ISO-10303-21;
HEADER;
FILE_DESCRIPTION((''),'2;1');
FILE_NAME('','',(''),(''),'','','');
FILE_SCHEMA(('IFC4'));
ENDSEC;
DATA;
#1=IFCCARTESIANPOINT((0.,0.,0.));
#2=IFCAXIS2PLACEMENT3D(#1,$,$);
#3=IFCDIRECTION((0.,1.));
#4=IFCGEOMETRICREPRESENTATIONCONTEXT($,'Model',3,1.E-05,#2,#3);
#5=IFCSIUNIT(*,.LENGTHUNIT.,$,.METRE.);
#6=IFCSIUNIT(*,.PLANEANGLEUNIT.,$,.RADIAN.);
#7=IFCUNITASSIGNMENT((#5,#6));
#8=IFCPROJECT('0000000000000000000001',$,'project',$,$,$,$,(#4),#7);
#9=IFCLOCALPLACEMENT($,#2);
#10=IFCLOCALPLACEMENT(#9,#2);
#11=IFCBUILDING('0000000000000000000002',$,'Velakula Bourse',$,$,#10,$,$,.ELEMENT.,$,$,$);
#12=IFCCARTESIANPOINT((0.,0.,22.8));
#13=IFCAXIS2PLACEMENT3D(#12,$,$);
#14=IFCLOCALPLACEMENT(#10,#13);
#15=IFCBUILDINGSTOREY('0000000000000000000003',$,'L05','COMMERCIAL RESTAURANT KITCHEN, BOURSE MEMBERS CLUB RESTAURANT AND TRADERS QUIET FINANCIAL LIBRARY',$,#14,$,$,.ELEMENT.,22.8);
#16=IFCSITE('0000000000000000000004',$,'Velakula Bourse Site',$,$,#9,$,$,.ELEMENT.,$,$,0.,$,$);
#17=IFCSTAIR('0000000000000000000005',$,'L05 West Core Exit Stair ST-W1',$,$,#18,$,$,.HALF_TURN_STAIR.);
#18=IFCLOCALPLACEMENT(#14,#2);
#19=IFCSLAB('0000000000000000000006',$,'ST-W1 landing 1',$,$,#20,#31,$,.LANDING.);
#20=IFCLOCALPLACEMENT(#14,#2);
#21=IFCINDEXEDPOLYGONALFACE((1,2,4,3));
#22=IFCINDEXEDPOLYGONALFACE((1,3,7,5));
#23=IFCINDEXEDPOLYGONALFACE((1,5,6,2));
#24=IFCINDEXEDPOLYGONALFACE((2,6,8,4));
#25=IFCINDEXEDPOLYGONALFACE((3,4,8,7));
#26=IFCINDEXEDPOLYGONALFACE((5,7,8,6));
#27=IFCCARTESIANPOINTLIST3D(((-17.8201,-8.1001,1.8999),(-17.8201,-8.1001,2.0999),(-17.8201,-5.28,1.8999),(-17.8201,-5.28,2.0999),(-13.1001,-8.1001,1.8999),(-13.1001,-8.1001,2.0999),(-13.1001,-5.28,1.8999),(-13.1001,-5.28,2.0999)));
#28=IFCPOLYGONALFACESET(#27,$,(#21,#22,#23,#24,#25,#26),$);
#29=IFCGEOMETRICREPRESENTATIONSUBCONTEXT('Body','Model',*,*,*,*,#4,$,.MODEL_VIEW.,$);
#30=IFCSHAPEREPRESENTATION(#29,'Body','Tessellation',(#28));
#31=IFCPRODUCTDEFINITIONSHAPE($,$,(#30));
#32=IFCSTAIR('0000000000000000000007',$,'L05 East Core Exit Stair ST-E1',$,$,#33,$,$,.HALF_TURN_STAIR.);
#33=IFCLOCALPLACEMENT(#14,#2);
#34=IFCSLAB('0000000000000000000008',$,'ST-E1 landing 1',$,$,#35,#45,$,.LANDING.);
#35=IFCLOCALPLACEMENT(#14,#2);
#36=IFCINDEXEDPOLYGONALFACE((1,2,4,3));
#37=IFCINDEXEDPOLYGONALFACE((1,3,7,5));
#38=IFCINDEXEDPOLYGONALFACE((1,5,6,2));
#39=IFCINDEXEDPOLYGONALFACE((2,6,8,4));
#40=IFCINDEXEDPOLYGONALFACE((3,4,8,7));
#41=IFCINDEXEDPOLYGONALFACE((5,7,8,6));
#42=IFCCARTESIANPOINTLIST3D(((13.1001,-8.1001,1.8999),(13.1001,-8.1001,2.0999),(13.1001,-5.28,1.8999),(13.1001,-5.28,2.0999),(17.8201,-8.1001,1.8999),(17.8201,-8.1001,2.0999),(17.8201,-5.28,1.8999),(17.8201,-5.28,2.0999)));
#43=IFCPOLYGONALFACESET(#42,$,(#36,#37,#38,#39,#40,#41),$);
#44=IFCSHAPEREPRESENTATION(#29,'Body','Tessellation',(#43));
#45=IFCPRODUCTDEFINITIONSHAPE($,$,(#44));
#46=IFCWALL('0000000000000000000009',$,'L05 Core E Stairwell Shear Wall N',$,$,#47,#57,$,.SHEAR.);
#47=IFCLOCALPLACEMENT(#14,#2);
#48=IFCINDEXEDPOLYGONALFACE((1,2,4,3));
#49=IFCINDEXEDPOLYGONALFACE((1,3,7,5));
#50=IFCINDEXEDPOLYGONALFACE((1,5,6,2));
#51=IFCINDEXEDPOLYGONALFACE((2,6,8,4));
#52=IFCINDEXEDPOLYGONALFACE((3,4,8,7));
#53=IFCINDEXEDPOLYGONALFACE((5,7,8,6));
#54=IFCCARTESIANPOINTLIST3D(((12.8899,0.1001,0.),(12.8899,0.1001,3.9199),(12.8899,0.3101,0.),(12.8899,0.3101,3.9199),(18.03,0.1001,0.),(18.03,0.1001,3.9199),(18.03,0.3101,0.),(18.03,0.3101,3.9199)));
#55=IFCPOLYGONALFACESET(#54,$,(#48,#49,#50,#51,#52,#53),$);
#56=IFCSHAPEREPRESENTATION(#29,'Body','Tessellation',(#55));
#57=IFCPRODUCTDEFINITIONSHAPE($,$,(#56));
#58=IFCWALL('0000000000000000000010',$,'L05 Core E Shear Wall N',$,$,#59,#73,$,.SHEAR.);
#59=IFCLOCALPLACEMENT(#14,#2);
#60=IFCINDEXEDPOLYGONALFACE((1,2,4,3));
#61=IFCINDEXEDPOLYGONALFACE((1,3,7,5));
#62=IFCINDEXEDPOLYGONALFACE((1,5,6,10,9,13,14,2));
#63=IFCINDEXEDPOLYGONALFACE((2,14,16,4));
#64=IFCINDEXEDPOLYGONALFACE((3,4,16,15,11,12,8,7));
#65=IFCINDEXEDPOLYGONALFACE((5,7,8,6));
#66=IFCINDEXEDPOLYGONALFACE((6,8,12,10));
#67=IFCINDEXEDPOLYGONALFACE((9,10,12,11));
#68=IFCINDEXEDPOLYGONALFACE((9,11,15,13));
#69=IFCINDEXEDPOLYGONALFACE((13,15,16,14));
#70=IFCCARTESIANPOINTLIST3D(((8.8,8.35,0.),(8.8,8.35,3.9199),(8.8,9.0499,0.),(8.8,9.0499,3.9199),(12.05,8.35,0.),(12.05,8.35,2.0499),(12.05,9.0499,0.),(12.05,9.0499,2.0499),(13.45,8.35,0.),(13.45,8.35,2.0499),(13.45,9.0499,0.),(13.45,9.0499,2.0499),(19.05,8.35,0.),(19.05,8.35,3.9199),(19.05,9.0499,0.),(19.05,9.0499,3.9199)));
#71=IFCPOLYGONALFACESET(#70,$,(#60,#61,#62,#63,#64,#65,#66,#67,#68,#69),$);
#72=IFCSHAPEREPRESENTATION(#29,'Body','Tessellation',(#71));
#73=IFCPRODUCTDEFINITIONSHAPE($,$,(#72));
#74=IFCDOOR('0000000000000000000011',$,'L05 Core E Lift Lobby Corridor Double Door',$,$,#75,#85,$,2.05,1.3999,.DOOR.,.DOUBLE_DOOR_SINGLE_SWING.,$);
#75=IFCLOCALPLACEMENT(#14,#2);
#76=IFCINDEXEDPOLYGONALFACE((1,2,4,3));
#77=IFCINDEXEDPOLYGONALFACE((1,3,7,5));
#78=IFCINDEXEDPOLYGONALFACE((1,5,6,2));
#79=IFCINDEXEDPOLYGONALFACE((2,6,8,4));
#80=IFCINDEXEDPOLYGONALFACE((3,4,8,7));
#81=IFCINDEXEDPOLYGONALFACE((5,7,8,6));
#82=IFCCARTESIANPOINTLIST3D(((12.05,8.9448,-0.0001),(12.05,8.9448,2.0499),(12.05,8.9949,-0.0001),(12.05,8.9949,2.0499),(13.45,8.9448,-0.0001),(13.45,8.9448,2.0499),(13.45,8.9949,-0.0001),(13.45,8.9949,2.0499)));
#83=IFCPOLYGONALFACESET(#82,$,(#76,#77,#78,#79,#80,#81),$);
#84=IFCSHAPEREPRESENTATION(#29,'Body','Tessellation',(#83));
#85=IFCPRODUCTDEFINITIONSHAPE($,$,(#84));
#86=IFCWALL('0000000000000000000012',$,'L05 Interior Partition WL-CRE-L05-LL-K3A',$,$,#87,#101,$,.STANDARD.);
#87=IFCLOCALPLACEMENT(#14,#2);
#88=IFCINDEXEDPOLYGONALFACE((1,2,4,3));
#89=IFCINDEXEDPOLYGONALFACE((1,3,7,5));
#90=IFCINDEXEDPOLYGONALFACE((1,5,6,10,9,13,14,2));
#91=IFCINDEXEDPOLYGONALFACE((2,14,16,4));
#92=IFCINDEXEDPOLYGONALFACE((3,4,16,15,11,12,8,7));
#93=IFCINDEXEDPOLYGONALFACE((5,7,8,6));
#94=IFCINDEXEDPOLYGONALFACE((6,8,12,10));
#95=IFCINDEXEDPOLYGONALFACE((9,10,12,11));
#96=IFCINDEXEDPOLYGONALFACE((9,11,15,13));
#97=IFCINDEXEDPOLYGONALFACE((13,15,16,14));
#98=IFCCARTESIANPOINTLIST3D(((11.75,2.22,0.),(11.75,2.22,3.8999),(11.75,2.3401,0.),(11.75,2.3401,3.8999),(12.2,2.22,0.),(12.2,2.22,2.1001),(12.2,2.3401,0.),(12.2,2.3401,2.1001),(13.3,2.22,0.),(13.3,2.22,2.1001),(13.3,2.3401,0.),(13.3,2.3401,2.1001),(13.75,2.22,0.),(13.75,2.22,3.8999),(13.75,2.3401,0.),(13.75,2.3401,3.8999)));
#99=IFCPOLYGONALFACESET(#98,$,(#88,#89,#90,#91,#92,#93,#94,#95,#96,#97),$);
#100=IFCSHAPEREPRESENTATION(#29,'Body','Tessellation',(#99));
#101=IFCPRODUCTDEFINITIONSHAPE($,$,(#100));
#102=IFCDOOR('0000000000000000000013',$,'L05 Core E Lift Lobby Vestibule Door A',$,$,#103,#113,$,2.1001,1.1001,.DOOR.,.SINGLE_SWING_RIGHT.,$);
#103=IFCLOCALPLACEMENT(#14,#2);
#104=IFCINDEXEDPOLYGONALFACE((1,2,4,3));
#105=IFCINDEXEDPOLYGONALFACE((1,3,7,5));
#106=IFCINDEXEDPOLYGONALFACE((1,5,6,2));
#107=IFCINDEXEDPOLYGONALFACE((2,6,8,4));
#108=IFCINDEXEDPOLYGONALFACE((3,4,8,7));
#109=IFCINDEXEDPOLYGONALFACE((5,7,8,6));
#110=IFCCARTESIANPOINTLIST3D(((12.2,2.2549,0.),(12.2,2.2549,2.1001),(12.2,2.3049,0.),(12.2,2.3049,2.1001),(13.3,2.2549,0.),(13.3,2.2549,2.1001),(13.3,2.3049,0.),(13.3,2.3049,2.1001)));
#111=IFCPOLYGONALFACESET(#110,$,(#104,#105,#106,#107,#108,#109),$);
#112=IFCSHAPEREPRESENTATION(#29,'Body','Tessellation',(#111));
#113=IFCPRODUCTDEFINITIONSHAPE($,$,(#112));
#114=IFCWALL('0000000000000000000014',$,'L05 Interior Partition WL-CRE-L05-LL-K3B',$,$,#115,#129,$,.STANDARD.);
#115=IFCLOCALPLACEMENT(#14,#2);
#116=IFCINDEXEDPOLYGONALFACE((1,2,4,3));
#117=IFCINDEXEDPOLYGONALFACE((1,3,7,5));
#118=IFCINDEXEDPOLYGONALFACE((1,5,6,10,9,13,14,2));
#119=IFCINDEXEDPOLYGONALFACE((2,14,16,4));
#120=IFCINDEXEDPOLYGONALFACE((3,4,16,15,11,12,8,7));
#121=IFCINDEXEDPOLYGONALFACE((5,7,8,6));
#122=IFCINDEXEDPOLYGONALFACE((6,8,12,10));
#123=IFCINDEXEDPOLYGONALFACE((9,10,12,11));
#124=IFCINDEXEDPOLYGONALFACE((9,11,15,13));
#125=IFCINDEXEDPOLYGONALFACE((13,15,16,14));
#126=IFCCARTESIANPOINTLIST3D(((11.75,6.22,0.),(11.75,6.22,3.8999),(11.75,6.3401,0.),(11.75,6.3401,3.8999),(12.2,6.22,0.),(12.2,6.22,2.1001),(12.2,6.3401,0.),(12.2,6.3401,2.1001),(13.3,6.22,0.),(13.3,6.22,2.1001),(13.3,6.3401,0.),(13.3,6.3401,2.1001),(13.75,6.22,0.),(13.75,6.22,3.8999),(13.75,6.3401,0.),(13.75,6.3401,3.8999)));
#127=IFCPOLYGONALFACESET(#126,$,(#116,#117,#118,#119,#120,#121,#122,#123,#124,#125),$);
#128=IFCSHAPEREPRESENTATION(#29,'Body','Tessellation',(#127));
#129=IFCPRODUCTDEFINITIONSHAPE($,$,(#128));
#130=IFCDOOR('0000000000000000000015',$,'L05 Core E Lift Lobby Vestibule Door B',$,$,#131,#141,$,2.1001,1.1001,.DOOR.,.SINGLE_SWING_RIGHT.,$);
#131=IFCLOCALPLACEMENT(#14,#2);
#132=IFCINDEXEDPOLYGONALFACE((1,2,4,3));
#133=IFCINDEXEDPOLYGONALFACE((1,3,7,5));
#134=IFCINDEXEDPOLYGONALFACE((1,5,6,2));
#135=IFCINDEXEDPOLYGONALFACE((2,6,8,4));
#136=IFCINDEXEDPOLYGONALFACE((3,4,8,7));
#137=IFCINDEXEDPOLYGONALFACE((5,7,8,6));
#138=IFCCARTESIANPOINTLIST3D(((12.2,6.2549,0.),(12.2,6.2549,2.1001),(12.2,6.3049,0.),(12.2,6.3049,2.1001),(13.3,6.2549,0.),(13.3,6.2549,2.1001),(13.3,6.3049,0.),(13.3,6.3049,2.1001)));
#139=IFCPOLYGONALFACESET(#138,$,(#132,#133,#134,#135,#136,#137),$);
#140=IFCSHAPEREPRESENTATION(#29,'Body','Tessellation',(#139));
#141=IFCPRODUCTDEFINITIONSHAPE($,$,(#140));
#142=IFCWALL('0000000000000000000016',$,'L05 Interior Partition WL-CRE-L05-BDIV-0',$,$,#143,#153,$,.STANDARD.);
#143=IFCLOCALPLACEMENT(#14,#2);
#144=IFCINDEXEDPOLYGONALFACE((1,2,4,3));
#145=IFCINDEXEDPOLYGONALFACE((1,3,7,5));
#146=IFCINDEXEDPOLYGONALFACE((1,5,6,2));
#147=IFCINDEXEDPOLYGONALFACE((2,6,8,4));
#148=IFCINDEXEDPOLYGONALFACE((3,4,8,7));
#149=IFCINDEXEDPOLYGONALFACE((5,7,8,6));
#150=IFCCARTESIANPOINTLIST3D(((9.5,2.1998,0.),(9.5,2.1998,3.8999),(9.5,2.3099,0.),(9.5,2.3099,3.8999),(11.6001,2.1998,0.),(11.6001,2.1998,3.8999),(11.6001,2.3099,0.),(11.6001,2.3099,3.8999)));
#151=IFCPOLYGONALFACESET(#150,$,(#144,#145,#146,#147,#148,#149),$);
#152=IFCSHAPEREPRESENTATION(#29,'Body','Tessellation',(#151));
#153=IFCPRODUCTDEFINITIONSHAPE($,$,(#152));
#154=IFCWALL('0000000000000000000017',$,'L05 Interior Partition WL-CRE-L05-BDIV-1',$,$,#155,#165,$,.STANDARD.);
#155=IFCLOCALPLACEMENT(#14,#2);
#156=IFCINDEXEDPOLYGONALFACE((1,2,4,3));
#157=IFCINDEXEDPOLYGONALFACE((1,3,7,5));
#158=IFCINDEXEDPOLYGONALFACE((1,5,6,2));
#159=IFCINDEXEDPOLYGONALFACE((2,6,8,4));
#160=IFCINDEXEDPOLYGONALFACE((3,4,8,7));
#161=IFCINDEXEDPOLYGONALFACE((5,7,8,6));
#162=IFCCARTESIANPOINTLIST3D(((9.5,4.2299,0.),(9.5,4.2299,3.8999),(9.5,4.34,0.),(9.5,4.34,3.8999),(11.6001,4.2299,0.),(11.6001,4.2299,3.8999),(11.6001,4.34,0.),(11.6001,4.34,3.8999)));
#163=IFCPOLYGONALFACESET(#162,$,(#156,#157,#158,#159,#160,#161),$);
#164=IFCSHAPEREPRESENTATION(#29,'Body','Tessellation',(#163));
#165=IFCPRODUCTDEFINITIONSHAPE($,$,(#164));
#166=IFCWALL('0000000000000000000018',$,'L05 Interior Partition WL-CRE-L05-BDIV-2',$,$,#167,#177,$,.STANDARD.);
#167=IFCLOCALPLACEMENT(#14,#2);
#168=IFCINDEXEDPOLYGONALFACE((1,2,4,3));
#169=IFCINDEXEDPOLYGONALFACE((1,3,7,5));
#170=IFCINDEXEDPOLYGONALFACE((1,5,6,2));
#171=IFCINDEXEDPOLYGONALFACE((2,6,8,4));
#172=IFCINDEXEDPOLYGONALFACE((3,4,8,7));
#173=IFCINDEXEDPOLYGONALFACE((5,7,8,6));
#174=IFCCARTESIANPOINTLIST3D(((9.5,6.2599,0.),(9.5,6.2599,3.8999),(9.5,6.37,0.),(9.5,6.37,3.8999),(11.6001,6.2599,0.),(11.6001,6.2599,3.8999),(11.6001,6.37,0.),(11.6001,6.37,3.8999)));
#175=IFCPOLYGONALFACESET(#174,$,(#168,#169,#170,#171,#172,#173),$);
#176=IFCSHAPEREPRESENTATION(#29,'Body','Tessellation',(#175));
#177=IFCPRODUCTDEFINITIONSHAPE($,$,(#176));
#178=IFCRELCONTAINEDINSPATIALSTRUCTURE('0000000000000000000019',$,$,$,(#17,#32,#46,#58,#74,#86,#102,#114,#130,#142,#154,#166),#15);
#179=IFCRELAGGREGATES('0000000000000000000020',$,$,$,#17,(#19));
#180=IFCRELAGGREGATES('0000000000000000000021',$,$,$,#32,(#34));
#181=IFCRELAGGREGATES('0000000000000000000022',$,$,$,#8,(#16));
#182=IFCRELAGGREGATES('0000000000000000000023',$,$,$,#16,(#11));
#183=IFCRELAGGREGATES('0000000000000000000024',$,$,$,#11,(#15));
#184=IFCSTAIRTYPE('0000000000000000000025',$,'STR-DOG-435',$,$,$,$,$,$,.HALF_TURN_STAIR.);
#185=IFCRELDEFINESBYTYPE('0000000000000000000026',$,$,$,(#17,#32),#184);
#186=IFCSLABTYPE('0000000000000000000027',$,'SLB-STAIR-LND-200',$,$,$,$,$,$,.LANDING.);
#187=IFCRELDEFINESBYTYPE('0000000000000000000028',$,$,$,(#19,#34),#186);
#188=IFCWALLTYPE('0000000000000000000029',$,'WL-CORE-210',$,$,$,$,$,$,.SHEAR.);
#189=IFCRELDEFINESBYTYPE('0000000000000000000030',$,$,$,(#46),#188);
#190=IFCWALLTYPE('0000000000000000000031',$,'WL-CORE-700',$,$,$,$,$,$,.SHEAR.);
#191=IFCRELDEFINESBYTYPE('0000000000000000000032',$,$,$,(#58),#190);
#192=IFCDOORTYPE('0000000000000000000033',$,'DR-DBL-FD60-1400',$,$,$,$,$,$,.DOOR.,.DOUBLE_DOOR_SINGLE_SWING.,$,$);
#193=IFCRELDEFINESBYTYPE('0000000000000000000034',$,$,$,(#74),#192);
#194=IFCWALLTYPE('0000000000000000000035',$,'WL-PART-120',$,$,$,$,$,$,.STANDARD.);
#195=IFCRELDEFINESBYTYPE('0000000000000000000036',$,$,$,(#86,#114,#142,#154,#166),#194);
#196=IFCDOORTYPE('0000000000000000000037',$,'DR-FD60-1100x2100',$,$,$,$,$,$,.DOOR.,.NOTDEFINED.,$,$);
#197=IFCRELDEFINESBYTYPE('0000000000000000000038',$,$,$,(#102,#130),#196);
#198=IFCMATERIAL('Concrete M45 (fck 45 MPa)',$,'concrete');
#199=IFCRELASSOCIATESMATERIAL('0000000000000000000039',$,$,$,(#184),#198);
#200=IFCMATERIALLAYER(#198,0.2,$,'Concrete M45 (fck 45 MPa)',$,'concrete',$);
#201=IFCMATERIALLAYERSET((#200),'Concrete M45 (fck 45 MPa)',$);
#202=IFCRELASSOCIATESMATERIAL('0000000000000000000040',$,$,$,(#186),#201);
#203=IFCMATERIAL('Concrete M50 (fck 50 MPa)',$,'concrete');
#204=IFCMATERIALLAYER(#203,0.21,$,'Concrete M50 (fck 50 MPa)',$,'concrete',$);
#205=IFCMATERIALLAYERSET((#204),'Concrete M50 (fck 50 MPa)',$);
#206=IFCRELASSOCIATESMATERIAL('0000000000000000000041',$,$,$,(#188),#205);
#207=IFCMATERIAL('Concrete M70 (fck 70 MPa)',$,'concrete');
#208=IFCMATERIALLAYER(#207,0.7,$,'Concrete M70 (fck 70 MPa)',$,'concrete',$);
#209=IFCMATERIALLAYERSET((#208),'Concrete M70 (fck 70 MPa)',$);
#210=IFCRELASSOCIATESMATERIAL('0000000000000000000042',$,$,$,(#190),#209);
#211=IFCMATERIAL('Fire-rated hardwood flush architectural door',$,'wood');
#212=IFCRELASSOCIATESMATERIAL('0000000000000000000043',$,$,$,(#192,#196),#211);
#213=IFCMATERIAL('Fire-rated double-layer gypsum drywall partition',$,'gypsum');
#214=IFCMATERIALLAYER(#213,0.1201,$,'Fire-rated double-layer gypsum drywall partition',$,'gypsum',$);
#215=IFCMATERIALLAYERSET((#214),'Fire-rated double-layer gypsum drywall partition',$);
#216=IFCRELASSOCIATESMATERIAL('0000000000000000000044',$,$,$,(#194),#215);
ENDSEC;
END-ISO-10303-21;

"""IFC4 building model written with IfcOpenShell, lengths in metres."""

from ifc_helpers import new_model, si_unit, direction, frame, frame_2d, origin, place, context, subcontext, project, spatial, polyline, rectangle, outline, extrude, material, layer, layer_set, type_object, element, fill, aggregate, save


model = new_model("IFC4")

# Units and contexts
model_context = context("Model", 3, precision=1e-05, world=origin(), true_north=direction((0.0, 1.0)))
body_context = subcontext(model_context, "Body", "Model", "MODEL_VIEW")
ifc_project = project(units=[si_unit("LENGTHUNIT", "METRE"), si_unit("PLANEANGLEUNIT", "RADIAN")], contexts=[model_context])

# Site, building, storey
site_placement = place(None, origin())
site = spatial("IfcSite", under=ifc_project, at=site_placement, Name="Velakula Bourse Site", CompositionType="ELEMENT", RefElevation=0.0)
building_placement = place(site_placement, origin())
building = spatial("IfcBuilding", under=site, at=building_placement, Name="Velakula Bourse", CompositionType="ELEMENT")
storey_placement = place(building_placement, frame((0.0, 0.0, 22.8)))
storey = spatial("IfcBuildingStorey", under=building, at=storey_placement, Name="L05", Description="COMMERCIAL RESTAURANT KITCHEN, BOURSE MEMBERS CLUB RESTAURANT AND TRADERS QUIET FINANCIAL LIBRARY", CompositionType="ELEMENT", Elevation=22.8)

# Shared definitions
ifc_material_1 = material(Name="Concrete M70 (fck 70 MPa)", Category="concrete")

# Shared definitions
ifc_material_2 = material(Name="Concrete M50 (fck 50 MPa)", Category="concrete")

# Stairs, slabs
ifc_material_3 = material(Name="Concrete M45 (fck 45 MPa)", Category="concrete")
stair_type = type_object("IfcStairType", Name="STR-DOG-435", PredefinedType="HALF_TURN_STAIR", material=ifc_material_3)
stair_1_placement = place(storey_placement, origin())
stair_1 = element("IfcStair", 1, at=stair_1_placement, inside=storey, type_object=stair_type, Name="L05 West Core Exit Stair ST-W1", PredefinedType="HALF_TURN_STAIR")
ifc_layer_1 = layer(ifc_material_3, 0.2, Name="Concrete M45 (fck 45 MPa)", Category="concrete")
ifc_layer_set_1 = layer_set([ifc_layer_1], Name="Concrete M45 (fck 45 MPa)")
slab_type_1 = type_object("IfcSlabType", Name="SLB-STAIR-LND-200", PredefinedType="LANDING", material=ifc_layer_set_1)
slab_1_placement = place(storey_placement, frame((0.0, 0.0, 1.8999)))
slab_1 = element("IfcSlab", 2, at=slab_1_placement, type_object=slab_type_1, Name="ST-W1 landing 1", PredefinedType="LANDING", context=body_context, shape_type="SweptSolid", body=[
    extrude(outline(polyline([(-17.8201, -5.28), (-17.8201, -8.1001), (-13.1001, -8.1001), (-13.1001, -5.28), (-17.8201, -5.28)])), origin(), (0.0, 0.0, 1.0), 0.2),
])
aggregate(stair_1, [slab_1])
stair_2_placement = place(storey_placement, origin())
stair_2 = element("IfcStair", 3, at=stair_2_placement, inside=storey, type_object=stair_type, Name="L05 East Core Exit Stair ST-E1", PredefinedType="HALF_TURN_STAIR")
slab_2_placement = place(storey_placement, frame((0.0, 0.0, 1.8999)))
slab_2 = element("IfcSlab", 4, at=slab_2_placement, type_object=slab_type_1, Name="ST-E1 landing 1", PredefinedType="LANDING", context=body_context, shape_type="SweptSolid", body=[
    extrude(outline(polyline([(13.1001, -5.28), (13.1001, -8.1001), (17.8201, -8.1001), (17.8201, -5.28), (13.1001, -5.28)])), origin(), (0.0, 0.0, 1.0), 0.2),
])
aggregate(stair_2, [slab_2])

# Wall
ifc_layer_2 = layer(ifc_material_2, 0.21, Name="Concrete M50 (fck 50 MPa)", Category="concrete")
ifc_layer_set_2 = layer_set([ifc_layer_2], Name="Concrete M50 (fck 50 MPa)")
wall_type_1 = type_object("IfcWallType", Name="WL-CORE-210", PredefinedType="SHEAR", material=ifc_layer_set_2)
wall_1_placement = place(storey_placement, frame((18.03, 0.2051, 0.0), z_axis=(0.0, 0.0, 1.0), x_axis=(-1.0, 0.0, 0.0)))
element("IfcWall", 5, at=wall_1_placement, inside=storey, type_object=wall_type_1, Name="L05 Core E Stairwell Shear Wall N", PredefinedType="SHEAR", context=body_context, shape_type="SweptSolid", body=[
    extrude(rectangle(XDim=5.1401, YDim=0.21, at=frame_2d((2.5701, 0.0))), origin(), (0.0, 0.0, 1.0), 3.9199),
])

# Walls, openings, doors
ifc_layer_3 = layer(ifc_material_1, 0.7, Name="Concrete M70 (fck 70 MPa)", Category="concrete")
ifc_layer_set_3 = layer_set([ifc_layer_3], Name="Concrete M70 (fck 70 MPa)")
wall_type_2 = type_object("IfcWallType", Name="WL-CORE-700", PredefinedType="SHEAR", material=ifc_layer_set_3)
wall_2_placement = place(storey_placement, frame((8.8, 8.7, 0.0), z_axis=(0.0, 0.0, 1.0), x_axis=(1.0, 0.0, 0.0)))
wall_2 = element("IfcWall", 6, at=wall_2_placement, inside=storey, type_object=wall_type_2, Name="L05 Core E Shear Wall N", PredefinedType="SHEAR", context=body_context, shape_type="SweptSolid", body=[
    extrude(rectangle(XDim=10.25, YDim=0.7, at=frame_2d((5.125, 0.0))), origin(), (0.0, 0.0, 1.0), 3.9199),
])
opening_1_placement = place(wall_2_placement, frame((3.25, 0.0, 0.0)))
opening_1 = element("IfcOpeningElement", 7, at=opening_1_placement, cuts=wall_2, PredefinedType="OPENING", context=body_context, shape_type="SweptSolid", body=[
    extrude(rectangle(XDim=1.3999, YDim=2.05, at=frame_2d((0.7, 1.0249))), frame((0.0, 0.3599, 0.0), z_axis=(0.0, -1.0, 0.0), x_axis=(1.0, 0.0, 0.0)), (0.0, 0.0, 1.0), 0.72),
])
ifc_material_4 = material(Name="Fire-rated hardwood flush architectural door", Category="wood")
door_type_1 = type_object("IfcDoorType", Name="DR-DBL-FD60-1400", OperationType="DOUBLE_DOOR_SINGLE_SWING", PredefinedType="DOOR", material=ifc_material_4)
door_1_placement = place(opening_1_placement, origin())
door_1 = element("IfcDoor", 8, at=door_1_placement, inside=storey, type_object=door_type_1, Name="L05 Core E Lift Lobby Corridor Double Door", OperationType="DOUBLE_DOOR_SINGLE_SWING", OverallHeight=2.05, OverallWidth=1.3999, PredefinedType="DOOR", context=body_context, shape_type="SweptSolid", body=[
    extrude(rectangle(XDim=1.3999, YDim=2.05, at=frame_2d((0.7, 1.0249))), frame((0.0, 0.2949, 0.0), z_axis=(0.0, -1.0, 0.0), x_axis=(1.0, 0.0, 0.0)), (0.0, 0.0, 1.0), 0.05),
])
fill(opening_1, door_1)
ifc_material_5 = material(Name="Fire-rated double-layer gypsum drywall partition", Category="gypsum")
ifc_layer_4 = layer(ifc_material_5, 0.1201, Name="Fire-rated double-layer gypsum drywall partition", Category="gypsum")
ifc_layer_set_4 = layer_set([ifc_layer_4], Name="Fire-rated double-layer gypsum drywall partition")
wall_type_3 = type_object("IfcWallType", Name="WL-PART-120", PredefinedType="STANDARD", material=ifc_layer_set_4)
wall_3_placement = place(storey_placement, frame((11.75, 2.28, 0.0), z_axis=(0.0, 0.0, 1.0), x_axis=(1.0, 0.0, 0.0)))
wall_3 = element("IfcWall", 9, at=wall_3_placement, inside=storey, type_object=wall_type_3, Name="L05 Interior Partition WL-CRE-L05-LL-K3A", PredefinedType="STANDARD", context=body_context, shape_type="SweptSolid", body=[
    extrude(rectangle(XDim=2.0, YDim=0.1201, at=frame_2d((1.0, 0.0))), origin(), (0.0, 0.0, 1.0), 3.8999),
])
opening_2_placement = place(wall_3_placement, frame((0.45, 0.0, 0.0)))
opening_2 = element("IfcOpeningElement", 10, at=opening_2_placement, cuts=wall_3, PredefinedType="OPENING", context=body_context, shape_type="SweptSolid", body=[
    extrude(rectangle(XDim=1.1001, YDim=2.1001, at=frame_2d((0.55, 1.05))), frame((0.0, 0.0701, 0.0), z_axis=(0.0, -1.0, 0.0), x_axis=(1.0, 0.0, 0.0)), (0.0, 0.0, 1.0), 0.1401),
])
door_type_2 = type_object("IfcDoorType", Name="DR-FD60-1100x2100", OperationType="NOTDEFINED", PredefinedType="DOOR", material=ifc_material_4)
door_2_placement = place(opening_2_placement, origin())
door_2 = element("IfcDoor", 11, at=door_2_placement, inside=storey, type_object=door_type_2, Name="L05 Core E Lift Lobby Vestibule Door A", OperationType="SINGLE_SWING_RIGHT", OverallHeight=2.1001, OverallWidth=1.1001, PredefinedType="DOOR", context=body_context, shape_type="SweptSolid", body=[
    extrude(rectangle(XDim=1.1001, YDim=2.1001, at=frame_2d((0.55, 1.05))), frame((0.0, 0.0249, 0.0), z_axis=(0.0, -1.0, 0.0), x_axis=(1.0, 0.0, 0.0)), (0.0, 0.0, 1.0), 0.05),
])
fill(opening_2, door_2)
wall_4_placement = place(storey_placement, frame((11.75, 6.28, 0.0), z_axis=(0.0, 0.0, 1.0), x_axis=(1.0, 0.0, 0.0)))
wall_4 = element("IfcWall", 12, at=wall_4_placement, inside=storey, type_object=wall_type_3, Name="L05 Interior Partition WL-CRE-L05-LL-K3B", PredefinedType="STANDARD", context=body_context, shape_type="SweptSolid", body=[
    extrude(rectangle(XDim=2.0, YDim=0.1201, at=frame_2d((1.0, 0.0))), origin(), (0.0, 0.0, 1.0), 3.8999),
])
opening_3_placement = place(wall_4_placement, frame((0.45, 0.0, 0.0)))
opening_3 = element("IfcOpeningElement", 13, at=opening_3_placement, cuts=wall_4, PredefinedType="OPENING", context=body_context, shape_type="SweptSolid", body=[
    extrude(rectangle(XDim=1.1001, YDim=2.1001, at=frame_2d((0.55, 1.05))), frame((0.0, 0.0701, 0.0), z_axis=(0.0, -1.0, 0.0), x_axis=(1.0, 0.0, 0.0)), (0.0, 0.0, 1.0), 0.1401),
])
door_3_placement = place(opening_3_placement, origin())
door_3 = element("IfcDoor", 14, at=door_3_placement, inside=storey, type_object=door_type_2, Name="L05 Core E Lift Lobby Vestibule Door B", OperationType="SINGLE_SWING_RIGHT", OverallHeight=2.1001, OverallWidth=1.1001, PredefinedType="DOOR", context=body_context, shape_type="SweptSolid", body=[
    extrude(rectangle(XDim=1.1001, YDim=2.1001, at=frame_2d((0.55, 1.05))), frame((0.0, 0.0249, 0.0), z_axis=(0.0, -1.0, 0.0), x_axis=(1.0, 0.0, 0.0)), (0.0, 0.0, 1.0), 0.05),
])
fill(opening_3, door_3)

# Walls
for number, where, z_axis, x_axis, name in (
    (15, (9.5, 2.2549, 0.0), (0.0, 0.0, 1.0), (1.0, 0.0, 0.0), "L05 Interior Partition WL-CRE-L05-BDIV-0"),
    (16, (9.5, 4.2849, 0.0), (0.0, 0.0, 1.0), (1.0, 0.0, 0.0), "L05 Interior Partition WL-CRE-L05-BDIV-1"),
    (17, (9.5, 6.3149, 0.0), (0.0, 0.0, 1.0), (1.0, 0.0, 0.0), "L05 Interior Partition WL-CRE-L05-BDIV-2"),
):
    element("IfcWall", number, at=place(storey_placement, frame(where, z_axis=z_axis, x_axis=x_axis)), inside=storey, type_object=wall_type_3, Name=name, PredefinedType="STANDARD", context=body_context, shape_type="SweptSolid", body=[
        extrude(rectangle(XDim=2.1001, YDim=0.1101, at=frame_2d((1.05, 0.0))), origin(), (0.0, 0.0, 1.0), 3.8999),
    ])

save(model, "model.ifc")
